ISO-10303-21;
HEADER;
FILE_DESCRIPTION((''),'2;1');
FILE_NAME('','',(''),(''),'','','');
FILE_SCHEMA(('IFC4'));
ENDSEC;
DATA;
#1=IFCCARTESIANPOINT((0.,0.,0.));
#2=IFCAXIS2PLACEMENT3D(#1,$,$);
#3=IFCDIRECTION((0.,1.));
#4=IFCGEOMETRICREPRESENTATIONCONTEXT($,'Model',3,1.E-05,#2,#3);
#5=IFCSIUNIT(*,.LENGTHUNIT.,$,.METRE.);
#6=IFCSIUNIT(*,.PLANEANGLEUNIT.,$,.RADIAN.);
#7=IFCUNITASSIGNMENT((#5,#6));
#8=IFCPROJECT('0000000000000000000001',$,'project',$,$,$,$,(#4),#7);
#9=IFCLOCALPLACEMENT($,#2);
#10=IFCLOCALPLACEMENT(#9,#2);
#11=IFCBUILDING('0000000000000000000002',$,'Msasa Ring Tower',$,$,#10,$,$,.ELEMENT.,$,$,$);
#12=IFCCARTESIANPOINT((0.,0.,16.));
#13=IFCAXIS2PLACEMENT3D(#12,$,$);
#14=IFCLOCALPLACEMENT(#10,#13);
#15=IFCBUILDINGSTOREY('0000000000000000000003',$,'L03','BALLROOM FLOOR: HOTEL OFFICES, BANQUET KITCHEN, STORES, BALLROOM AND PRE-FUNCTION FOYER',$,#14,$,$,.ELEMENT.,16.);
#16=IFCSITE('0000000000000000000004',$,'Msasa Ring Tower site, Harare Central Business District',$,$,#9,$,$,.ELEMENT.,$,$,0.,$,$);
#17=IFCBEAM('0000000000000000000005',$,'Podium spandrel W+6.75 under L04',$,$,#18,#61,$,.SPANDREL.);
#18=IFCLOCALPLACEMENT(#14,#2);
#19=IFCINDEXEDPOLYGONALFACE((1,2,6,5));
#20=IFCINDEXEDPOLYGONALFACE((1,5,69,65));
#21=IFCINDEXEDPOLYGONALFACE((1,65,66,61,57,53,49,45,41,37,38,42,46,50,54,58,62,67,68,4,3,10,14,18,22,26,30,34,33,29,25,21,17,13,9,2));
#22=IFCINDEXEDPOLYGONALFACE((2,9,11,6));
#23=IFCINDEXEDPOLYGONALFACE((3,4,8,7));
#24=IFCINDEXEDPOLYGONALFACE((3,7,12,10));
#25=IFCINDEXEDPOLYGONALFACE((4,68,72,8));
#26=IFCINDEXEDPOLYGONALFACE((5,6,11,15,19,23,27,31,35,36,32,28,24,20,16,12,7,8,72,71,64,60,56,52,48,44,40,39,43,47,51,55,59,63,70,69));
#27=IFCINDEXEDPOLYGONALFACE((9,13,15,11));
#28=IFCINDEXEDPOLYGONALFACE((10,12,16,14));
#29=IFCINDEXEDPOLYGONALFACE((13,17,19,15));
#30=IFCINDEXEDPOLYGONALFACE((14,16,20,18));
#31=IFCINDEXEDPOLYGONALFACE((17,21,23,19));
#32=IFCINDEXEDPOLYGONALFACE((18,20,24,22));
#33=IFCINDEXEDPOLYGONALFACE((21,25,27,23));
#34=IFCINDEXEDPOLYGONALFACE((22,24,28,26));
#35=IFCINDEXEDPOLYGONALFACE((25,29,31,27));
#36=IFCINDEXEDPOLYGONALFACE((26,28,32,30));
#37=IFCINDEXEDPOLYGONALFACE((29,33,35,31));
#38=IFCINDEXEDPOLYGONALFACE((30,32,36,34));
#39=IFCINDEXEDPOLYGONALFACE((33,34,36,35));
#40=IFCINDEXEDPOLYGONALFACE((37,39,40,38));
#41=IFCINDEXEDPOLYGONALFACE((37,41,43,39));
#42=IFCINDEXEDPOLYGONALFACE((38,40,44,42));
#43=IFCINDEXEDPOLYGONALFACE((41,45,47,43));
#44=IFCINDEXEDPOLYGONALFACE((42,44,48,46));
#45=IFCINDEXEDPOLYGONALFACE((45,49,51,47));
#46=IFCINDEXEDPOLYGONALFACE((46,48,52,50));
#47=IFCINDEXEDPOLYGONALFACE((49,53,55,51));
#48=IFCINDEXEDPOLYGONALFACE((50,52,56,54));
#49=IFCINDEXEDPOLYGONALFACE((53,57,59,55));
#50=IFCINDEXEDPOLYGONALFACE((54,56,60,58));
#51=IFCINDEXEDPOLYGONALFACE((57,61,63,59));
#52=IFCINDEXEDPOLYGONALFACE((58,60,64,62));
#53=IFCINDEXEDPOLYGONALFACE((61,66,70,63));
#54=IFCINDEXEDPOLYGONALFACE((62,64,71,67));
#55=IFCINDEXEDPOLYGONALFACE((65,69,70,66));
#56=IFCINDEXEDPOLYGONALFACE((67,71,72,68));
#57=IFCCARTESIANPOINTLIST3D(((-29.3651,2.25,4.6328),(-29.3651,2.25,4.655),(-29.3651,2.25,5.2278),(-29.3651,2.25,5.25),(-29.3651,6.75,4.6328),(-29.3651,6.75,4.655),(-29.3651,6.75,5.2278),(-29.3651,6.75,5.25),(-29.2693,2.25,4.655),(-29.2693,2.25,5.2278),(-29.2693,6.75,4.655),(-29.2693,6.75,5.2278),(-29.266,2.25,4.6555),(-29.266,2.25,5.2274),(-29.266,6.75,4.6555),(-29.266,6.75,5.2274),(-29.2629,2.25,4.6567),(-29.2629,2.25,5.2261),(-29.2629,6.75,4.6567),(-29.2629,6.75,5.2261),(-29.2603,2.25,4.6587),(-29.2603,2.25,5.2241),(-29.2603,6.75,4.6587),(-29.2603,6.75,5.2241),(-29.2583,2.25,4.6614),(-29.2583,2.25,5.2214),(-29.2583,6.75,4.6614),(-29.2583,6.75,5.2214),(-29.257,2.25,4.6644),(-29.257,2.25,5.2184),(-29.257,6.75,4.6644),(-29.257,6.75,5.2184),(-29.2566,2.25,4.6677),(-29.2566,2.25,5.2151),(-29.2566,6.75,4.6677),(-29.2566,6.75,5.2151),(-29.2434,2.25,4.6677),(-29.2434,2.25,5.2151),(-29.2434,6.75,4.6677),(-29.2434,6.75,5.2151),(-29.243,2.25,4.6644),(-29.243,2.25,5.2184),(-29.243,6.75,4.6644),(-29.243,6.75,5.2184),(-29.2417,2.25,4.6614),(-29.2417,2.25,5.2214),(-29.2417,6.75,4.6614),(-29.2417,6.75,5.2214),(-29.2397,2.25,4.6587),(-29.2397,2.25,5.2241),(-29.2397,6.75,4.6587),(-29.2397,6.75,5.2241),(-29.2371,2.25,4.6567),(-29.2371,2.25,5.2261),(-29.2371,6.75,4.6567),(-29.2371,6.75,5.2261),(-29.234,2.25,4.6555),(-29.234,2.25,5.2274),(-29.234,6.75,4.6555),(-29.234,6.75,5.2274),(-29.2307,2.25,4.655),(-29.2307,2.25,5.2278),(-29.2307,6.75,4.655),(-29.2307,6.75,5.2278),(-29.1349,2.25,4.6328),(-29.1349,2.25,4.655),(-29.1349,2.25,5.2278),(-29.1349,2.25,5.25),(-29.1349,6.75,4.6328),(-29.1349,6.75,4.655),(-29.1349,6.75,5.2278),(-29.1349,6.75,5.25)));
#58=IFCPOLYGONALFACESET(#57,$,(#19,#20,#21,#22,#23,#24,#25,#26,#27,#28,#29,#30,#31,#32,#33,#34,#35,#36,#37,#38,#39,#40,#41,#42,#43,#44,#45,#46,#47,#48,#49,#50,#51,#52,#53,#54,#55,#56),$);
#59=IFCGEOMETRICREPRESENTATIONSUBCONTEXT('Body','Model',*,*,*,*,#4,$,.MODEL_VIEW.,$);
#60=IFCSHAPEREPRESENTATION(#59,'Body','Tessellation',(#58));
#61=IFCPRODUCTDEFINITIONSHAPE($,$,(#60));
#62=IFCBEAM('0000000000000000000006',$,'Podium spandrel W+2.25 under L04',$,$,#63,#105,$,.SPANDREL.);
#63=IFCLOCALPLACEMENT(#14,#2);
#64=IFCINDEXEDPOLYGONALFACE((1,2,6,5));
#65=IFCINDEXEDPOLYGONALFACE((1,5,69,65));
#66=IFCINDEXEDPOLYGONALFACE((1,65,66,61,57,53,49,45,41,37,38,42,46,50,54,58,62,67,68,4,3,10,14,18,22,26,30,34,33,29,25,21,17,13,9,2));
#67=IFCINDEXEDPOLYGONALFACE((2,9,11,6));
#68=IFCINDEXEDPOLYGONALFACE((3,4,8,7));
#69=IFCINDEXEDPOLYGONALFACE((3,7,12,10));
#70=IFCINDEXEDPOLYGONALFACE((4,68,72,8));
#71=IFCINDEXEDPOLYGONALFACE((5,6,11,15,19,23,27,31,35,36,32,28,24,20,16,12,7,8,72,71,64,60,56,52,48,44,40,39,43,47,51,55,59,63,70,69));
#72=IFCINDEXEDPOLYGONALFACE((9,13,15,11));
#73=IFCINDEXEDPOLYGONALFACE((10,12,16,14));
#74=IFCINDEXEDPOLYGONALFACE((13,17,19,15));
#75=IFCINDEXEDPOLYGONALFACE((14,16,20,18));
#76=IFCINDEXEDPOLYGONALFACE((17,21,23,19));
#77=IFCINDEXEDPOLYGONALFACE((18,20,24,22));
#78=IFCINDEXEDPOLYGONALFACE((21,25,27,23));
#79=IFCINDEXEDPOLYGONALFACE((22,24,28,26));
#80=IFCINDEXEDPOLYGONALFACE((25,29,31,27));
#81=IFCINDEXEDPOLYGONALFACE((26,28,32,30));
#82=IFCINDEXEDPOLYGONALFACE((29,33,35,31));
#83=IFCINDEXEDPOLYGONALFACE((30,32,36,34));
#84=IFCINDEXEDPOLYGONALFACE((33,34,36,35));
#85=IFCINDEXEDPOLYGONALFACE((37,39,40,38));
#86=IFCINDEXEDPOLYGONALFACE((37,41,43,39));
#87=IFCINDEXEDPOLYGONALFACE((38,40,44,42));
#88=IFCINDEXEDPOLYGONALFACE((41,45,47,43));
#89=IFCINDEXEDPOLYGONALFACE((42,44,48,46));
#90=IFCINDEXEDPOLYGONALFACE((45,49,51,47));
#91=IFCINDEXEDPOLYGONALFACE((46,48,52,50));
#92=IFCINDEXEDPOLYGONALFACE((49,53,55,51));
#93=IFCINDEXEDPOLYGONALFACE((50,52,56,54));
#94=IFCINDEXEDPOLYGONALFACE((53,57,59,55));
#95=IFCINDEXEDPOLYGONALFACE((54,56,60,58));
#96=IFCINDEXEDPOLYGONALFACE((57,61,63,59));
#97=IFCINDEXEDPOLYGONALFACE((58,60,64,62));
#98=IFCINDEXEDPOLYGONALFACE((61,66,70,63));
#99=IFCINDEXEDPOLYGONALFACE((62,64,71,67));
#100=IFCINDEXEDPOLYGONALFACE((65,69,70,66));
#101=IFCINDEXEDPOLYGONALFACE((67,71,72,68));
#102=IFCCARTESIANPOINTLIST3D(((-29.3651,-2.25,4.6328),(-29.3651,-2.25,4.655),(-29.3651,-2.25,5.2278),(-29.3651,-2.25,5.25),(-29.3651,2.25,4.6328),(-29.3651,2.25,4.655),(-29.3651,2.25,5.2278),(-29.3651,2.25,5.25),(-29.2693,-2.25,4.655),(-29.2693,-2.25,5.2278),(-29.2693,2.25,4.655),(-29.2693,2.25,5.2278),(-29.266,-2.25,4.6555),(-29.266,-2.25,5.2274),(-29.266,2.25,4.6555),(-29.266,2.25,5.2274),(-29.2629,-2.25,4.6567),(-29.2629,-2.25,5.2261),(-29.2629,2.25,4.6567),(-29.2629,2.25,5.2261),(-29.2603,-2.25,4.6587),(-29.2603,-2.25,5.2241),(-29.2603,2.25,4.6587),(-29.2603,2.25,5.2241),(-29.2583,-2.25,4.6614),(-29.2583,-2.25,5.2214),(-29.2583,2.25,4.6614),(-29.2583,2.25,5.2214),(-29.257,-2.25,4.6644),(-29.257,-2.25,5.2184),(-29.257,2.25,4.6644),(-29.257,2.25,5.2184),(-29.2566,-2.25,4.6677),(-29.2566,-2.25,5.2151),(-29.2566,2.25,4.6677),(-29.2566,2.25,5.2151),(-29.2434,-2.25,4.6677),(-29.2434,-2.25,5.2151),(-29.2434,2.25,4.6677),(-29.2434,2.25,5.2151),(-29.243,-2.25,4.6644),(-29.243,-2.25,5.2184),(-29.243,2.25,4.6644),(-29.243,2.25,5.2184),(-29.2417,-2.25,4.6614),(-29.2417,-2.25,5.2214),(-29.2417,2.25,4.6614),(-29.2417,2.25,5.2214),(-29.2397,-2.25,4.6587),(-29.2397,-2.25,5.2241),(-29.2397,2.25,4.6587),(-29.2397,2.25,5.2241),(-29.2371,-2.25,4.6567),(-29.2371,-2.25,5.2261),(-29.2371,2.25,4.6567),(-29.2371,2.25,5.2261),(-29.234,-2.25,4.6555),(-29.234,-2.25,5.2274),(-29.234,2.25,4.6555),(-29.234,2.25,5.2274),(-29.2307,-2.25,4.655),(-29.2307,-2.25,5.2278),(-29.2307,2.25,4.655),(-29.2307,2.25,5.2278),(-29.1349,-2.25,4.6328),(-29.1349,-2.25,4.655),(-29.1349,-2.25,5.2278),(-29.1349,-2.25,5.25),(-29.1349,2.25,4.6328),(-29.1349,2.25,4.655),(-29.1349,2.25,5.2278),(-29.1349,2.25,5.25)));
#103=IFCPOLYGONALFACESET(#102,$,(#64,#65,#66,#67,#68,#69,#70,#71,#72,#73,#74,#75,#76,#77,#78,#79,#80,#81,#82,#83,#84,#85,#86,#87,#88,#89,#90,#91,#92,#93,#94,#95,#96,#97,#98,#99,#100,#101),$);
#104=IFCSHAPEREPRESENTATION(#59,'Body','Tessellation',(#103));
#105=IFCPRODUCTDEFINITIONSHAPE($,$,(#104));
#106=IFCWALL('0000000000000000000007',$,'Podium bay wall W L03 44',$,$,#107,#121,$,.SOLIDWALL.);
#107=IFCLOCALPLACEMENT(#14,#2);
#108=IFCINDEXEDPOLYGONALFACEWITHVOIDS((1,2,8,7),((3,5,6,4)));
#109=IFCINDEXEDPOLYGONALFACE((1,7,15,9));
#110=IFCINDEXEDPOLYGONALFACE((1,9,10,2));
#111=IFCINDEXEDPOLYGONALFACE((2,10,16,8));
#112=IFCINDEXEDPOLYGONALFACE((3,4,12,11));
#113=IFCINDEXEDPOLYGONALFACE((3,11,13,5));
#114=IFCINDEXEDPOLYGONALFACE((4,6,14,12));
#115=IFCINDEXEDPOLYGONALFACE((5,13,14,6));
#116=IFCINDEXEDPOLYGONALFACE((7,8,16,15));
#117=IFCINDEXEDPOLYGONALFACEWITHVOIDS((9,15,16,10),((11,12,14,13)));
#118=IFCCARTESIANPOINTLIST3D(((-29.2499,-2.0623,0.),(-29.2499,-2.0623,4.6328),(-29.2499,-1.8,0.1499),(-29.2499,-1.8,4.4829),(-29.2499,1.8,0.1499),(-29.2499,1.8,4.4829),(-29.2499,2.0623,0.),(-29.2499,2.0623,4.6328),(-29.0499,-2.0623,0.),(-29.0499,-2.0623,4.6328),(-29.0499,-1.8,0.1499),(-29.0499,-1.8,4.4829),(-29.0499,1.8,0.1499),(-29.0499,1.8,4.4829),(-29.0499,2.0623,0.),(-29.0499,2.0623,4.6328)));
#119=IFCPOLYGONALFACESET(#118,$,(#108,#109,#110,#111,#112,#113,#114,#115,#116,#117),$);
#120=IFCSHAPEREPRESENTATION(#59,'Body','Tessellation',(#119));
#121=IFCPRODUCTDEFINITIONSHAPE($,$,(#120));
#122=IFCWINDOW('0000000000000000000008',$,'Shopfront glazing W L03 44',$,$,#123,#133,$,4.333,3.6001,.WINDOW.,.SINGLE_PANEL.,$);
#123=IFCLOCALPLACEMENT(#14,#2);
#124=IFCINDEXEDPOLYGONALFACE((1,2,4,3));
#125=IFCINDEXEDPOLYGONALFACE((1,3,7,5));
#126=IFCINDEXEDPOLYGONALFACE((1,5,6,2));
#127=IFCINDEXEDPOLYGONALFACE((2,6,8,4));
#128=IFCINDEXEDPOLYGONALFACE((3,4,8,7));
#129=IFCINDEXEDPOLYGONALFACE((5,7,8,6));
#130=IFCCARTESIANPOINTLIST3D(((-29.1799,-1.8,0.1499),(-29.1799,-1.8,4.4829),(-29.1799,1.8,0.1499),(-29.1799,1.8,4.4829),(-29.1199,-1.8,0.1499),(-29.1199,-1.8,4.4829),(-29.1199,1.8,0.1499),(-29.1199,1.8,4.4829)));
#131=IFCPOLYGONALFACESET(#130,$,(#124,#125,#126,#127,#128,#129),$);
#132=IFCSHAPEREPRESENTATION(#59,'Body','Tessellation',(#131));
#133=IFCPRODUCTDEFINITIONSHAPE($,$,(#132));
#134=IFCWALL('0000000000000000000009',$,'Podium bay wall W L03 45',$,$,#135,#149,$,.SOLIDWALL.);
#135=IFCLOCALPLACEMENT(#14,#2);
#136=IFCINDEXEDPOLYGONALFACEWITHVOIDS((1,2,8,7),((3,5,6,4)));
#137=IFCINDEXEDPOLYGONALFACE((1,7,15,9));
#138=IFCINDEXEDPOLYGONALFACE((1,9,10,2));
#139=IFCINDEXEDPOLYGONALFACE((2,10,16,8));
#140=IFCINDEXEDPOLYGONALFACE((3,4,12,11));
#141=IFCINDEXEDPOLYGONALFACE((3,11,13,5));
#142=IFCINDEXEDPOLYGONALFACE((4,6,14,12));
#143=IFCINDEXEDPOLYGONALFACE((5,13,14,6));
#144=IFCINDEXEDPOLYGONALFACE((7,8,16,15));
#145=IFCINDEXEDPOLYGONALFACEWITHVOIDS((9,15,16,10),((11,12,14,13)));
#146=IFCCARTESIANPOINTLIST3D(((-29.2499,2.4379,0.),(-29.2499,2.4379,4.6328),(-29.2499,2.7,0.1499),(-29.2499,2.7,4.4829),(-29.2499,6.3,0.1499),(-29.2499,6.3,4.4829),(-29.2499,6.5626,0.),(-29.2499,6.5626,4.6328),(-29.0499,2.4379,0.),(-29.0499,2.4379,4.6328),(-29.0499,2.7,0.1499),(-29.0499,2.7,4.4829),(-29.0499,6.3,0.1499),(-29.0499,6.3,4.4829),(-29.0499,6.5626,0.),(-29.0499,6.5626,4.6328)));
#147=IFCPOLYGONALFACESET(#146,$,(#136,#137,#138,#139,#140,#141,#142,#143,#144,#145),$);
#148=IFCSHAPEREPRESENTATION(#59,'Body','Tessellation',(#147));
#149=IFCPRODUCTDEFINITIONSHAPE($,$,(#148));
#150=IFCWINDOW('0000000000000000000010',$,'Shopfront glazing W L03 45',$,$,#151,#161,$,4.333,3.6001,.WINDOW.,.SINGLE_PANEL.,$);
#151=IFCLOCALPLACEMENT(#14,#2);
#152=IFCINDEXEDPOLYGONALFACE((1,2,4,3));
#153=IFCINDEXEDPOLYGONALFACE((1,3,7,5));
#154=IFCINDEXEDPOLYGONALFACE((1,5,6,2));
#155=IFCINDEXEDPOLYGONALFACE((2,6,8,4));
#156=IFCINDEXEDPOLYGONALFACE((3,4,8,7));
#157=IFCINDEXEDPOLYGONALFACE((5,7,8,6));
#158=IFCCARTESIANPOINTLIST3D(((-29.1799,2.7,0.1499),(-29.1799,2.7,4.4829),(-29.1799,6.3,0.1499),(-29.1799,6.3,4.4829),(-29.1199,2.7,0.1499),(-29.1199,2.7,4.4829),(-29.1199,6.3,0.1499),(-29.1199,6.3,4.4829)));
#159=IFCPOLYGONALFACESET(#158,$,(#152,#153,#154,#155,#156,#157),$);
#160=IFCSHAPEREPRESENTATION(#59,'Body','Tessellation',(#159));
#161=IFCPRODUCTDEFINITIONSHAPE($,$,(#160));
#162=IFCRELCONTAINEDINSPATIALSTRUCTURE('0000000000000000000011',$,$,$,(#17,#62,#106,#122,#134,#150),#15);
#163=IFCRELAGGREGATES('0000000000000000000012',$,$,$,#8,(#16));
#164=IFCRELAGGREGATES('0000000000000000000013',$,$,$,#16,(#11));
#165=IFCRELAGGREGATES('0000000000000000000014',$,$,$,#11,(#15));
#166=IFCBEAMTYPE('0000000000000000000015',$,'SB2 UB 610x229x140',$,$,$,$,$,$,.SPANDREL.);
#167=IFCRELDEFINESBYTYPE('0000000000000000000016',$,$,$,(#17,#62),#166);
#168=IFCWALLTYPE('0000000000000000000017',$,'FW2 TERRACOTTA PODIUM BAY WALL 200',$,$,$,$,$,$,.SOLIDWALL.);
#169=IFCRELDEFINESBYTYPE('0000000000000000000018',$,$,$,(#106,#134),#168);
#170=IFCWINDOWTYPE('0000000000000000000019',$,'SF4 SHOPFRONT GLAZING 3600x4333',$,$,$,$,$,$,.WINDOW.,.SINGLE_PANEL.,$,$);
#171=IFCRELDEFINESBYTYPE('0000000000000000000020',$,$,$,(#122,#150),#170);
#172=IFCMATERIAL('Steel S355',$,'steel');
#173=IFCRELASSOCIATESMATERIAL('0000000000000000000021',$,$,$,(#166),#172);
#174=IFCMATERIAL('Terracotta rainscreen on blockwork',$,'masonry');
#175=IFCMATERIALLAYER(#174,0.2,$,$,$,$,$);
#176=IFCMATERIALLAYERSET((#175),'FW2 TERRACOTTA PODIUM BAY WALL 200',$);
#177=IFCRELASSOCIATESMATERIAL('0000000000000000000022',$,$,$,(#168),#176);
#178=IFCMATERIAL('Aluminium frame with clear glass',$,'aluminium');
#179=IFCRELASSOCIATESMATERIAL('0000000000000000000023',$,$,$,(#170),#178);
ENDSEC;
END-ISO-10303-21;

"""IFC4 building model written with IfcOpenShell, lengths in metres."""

from ifc_helpers import new_model, si_unit, direction, frame, frame_2d, origin, origin_2d, place, context, subcontext, project, spatial, rectangle, i_section, extrude, material, layer, layer_set, material_profile, profile_set, type_object, element, fill, save


model = new_model("IFC4")

# Units and contexts
model_context = context("Model", 3, precision=1e-05, world=origin(), true_north=direction((0.0, 1.0)))
body_context = subcontext(model_context, "Body", "Model", "MODEL_VIEW")
ifc_project = project(units=[si_unit("LENGTHUNIT", "METRE"), si_unit("PLANEANGLEUNIT", "RADIAN")], contexts=[model_context])

# Site, building, storey
site_placement = place(None, origin())
site = spatial("IfcSite", under=ifc_project, at=site_placement, Name="Msasa Ring Tower site, Harare Central Business District", CompositionType="ELEMENT", RefElevation=0.0)
building_placement = place(site_placement, origin())
building = spatial("IfcBuilding", under=site, at=building_placement, Name="Msasa Ring Tower", CompositionType="ELEMENT")
storey_placement = place(building_placement, frame((0.0, 0.0, 16.0)))
storey = spatial("IfcBuildingStorey", under=building, at=storey_placement, Name="L03", Description="BALLROOM FLOOR: HOTEL OFFICES, BANQUET KITCHEN, STORES, BALLROOM AND PRE-FUNCTION FOYER", CompositionType="ELEMENT", Elevation=16.0)

# Beams
ifc_material_1 = material(Name="Steel S355", Category="steel")
ifc_material_profile_1 = material_profile(ifc_material_1, i_section(OverallWidth=0.2302, OverallDepth=0.6172, WebThickness=0.0132, FlangeThickness=0.0222, FilletRadius=0.0127, at=origin_2d()), Name="UB 610x229x140")
ifc_profile_set_1 = profile_set([ifc_material_profile_1], Name="Steel S355")
beam_type_1 = type_object("IfcBeamType", Name="SB2 UB 610x229x140", PredefinedType="SPANDREL", material=ifc_profile_set_1)
for number, where, z_axis, x_axis, name in (
    (1, (-29.25, 6.75, 4.9414), (0.0, -1.0, 0.0), (1.0, 0.0, 0.0), "Podium spandrel W+6.75 under L04"),
    (2, (-29.25, 2.25, 4.9414), (0.0, -1.0, 0.0), (1.0, 0.0, 0.0), "Podium spandrel W+2.25 under L04"),
):
    element("IfcBeam", number, at=place(storey_placement, frame(where, z_axis=z_axis, x_axis=x_axis)), inside=storey, type_object=beam_type_1, Name=name, PredefinedType="SPANDREL", context=body_context, shape_type="SweptSolid", body=[
        extrude(i_section(OverallWidth=0.2302, OverallDepth=0.6172, WebThickness=0.0132, FlangeThickness=0.0222, FilletRadius=0.0127, at=origin_2d()), origin(), (0.0, 0.0, 1.0), 4.5),
    ])

# Walls, openings, windows
ifc_material_2 = material(Name="Terracotta rainscreen on blockwork", Category="masonry")
ifc_layer_1 = layer(ifc_material_2, 0.2)
ifc_layer_set_1 = layer_set([ifc_layer_1], Name="FW2 TERRACOTTA PODIUM BAY WALL 200")
wall_type_1 = type_object("IfcWallType", Name="FW2 TERRACOTTA PODIUM BAY WALL 200", PredefinedType="SOLIDWALL", material=ifc_layer_set_1)
wall_1_placement = place(storey_placement, frame((-29.1499, -2.0623, 0.0), z_axis=(0.0, 0.0, 1.0), x_axis=(0.0, 1.0, 0.0)))
wall_1 = element("IfcWall", 3, at=wall_1_placement, inside=storey, type_object=wall_type_1, Name="Podium bay wall W L03 44", PredefinedType="SOLIDWALL", context=body_context, shape_type="SweptSolid", body=[
    extrude(rectangle(XDim=4.1245, YDim=0.2, at=frame_2d((2.0623, 0.0))), origin(), (0.0, 0.0, 1.0), 4.6328),
])
opening_1_placement = place(wall_1_placement, frame((0.2622, 0.0, 0.1499)))
opening_1 = element("IfcOpeningElement", 4, at=opening_1_placement, cuts=wall_1, PredefinedType="OPENING", context=body_context, shape_type="SweptSolid", body=[
    extrude(rectangle(XDim=3.6001, YDim=4.333, at=frame_2d((1.8, 2.1665))), frame((0.0, 0.1099, 0.0), z_axis=(0.0, -1.0, 0.0), x_axis=(1.0, 0.0, 0.0)), (0.0, 0.0, 1.0), 0.22),
])
ifc_material_3 = material(Name="Aluminium frame with clear glass", Category="aluminium")
window_type = type_object("IfcWindowType", Name="SF4 SHOPFRONT GLAZING 3600x4333", PartitioningType="SINGLE_PANEL", PredefinedType="WINDOW", material=ifc_material_3)
window_1_placement = place(opening_1_placement, origin())
window_1 = element("IfcWindow", 5, at=window_1_placement, inside=storey, type_object=window_type, Name="Shopfront glazing W L03 44", OverallHeight=4.333, OverallWidth=3.6001, PartitioningType="SINGLE_PANEL", PredefinedType="WINDOW", context=body_context, shape_type="SweptSolid", body=[
    extrude(rectangle(XDim=3.6001, YDim=4.333, at=frame_2d((1.8, 2.1665))), frame((0.0, 0.03, 0.0), z_axis=(0.0, -1.0, 0.0), x_axis=(1.0, 0.0, 0.0)), (0.0, 0.0, 1.0), 0.0601),
])
fill(opening_1, window_1)
wall_2_placement = place(storey_placement, frame((-29.1499, 2.4377, 0.0), z_axis=(0.0, 0.0, 1.0), x_axis=(0.0, 1.0, 0.0)))
wall_2 = element("IfcWall", 6, at=wall_2_placement, inside=storey, type_object=wall_type_1, Name="Podium bay wall W L03 45", PredefinedType="SOLIDWALL", context=body_context, shape_type="SweptSolid", body=[
    extrude(rectangle(XDim=4.1248, YDim=0.2, at=frame_2d((2.0625, 0.0))), origin(), (0.0, 0.0, 1.0), 4.6328),
])
opening_2_placement = place(wall_2_placement, frame((0.2622, 0.0, 0.1499)))
opening_2 = element("IfcOpeningElement", 7, at=opening_2_placement, cuts=wall_2, PredefinedType="OPENING", context=body_context, shape_type="SweptSolid", body=[
    extrude(rectangle(XDim=3.6001, YDim=4.333, at=frame_2d((1.8, 2.1665))), frame((0.0, 0.1099, 0.0), z_axis=(0.0, -1.0, 0.0), x_axis=(1.0, 0.0, 0.0)), (0.0, 0.0, 1.0), 0.22),
])
window_2_placement = place(opening_2_placement, origin())
window_2 = element("IfcWindow", 8, at=window_2_placement, inside=storey, type_object=window_type, Name="Shopfront glazing W L03 45", OverallHeight=4.333, OverallWidth=3.6001, PartitioningType="SINGLE_PANEL", PredefinedType="WINDOW", context=body_context, shape_type="SweptSolid", body=[
    extrude(rectangle(XDim=3.6001, YDim=4.333, at=frame_2d((1.8, 2.1665))), frame((0.0, 0.03, 0.0), z_axis=(0.0, -1.0, 0.0), x_axis=(1.0, 0.0, 0.0)), (0.0, 0.0, 1.0), 0.0601),
])
fill(opening_2, window_2)

save(model, "model.ifc")
